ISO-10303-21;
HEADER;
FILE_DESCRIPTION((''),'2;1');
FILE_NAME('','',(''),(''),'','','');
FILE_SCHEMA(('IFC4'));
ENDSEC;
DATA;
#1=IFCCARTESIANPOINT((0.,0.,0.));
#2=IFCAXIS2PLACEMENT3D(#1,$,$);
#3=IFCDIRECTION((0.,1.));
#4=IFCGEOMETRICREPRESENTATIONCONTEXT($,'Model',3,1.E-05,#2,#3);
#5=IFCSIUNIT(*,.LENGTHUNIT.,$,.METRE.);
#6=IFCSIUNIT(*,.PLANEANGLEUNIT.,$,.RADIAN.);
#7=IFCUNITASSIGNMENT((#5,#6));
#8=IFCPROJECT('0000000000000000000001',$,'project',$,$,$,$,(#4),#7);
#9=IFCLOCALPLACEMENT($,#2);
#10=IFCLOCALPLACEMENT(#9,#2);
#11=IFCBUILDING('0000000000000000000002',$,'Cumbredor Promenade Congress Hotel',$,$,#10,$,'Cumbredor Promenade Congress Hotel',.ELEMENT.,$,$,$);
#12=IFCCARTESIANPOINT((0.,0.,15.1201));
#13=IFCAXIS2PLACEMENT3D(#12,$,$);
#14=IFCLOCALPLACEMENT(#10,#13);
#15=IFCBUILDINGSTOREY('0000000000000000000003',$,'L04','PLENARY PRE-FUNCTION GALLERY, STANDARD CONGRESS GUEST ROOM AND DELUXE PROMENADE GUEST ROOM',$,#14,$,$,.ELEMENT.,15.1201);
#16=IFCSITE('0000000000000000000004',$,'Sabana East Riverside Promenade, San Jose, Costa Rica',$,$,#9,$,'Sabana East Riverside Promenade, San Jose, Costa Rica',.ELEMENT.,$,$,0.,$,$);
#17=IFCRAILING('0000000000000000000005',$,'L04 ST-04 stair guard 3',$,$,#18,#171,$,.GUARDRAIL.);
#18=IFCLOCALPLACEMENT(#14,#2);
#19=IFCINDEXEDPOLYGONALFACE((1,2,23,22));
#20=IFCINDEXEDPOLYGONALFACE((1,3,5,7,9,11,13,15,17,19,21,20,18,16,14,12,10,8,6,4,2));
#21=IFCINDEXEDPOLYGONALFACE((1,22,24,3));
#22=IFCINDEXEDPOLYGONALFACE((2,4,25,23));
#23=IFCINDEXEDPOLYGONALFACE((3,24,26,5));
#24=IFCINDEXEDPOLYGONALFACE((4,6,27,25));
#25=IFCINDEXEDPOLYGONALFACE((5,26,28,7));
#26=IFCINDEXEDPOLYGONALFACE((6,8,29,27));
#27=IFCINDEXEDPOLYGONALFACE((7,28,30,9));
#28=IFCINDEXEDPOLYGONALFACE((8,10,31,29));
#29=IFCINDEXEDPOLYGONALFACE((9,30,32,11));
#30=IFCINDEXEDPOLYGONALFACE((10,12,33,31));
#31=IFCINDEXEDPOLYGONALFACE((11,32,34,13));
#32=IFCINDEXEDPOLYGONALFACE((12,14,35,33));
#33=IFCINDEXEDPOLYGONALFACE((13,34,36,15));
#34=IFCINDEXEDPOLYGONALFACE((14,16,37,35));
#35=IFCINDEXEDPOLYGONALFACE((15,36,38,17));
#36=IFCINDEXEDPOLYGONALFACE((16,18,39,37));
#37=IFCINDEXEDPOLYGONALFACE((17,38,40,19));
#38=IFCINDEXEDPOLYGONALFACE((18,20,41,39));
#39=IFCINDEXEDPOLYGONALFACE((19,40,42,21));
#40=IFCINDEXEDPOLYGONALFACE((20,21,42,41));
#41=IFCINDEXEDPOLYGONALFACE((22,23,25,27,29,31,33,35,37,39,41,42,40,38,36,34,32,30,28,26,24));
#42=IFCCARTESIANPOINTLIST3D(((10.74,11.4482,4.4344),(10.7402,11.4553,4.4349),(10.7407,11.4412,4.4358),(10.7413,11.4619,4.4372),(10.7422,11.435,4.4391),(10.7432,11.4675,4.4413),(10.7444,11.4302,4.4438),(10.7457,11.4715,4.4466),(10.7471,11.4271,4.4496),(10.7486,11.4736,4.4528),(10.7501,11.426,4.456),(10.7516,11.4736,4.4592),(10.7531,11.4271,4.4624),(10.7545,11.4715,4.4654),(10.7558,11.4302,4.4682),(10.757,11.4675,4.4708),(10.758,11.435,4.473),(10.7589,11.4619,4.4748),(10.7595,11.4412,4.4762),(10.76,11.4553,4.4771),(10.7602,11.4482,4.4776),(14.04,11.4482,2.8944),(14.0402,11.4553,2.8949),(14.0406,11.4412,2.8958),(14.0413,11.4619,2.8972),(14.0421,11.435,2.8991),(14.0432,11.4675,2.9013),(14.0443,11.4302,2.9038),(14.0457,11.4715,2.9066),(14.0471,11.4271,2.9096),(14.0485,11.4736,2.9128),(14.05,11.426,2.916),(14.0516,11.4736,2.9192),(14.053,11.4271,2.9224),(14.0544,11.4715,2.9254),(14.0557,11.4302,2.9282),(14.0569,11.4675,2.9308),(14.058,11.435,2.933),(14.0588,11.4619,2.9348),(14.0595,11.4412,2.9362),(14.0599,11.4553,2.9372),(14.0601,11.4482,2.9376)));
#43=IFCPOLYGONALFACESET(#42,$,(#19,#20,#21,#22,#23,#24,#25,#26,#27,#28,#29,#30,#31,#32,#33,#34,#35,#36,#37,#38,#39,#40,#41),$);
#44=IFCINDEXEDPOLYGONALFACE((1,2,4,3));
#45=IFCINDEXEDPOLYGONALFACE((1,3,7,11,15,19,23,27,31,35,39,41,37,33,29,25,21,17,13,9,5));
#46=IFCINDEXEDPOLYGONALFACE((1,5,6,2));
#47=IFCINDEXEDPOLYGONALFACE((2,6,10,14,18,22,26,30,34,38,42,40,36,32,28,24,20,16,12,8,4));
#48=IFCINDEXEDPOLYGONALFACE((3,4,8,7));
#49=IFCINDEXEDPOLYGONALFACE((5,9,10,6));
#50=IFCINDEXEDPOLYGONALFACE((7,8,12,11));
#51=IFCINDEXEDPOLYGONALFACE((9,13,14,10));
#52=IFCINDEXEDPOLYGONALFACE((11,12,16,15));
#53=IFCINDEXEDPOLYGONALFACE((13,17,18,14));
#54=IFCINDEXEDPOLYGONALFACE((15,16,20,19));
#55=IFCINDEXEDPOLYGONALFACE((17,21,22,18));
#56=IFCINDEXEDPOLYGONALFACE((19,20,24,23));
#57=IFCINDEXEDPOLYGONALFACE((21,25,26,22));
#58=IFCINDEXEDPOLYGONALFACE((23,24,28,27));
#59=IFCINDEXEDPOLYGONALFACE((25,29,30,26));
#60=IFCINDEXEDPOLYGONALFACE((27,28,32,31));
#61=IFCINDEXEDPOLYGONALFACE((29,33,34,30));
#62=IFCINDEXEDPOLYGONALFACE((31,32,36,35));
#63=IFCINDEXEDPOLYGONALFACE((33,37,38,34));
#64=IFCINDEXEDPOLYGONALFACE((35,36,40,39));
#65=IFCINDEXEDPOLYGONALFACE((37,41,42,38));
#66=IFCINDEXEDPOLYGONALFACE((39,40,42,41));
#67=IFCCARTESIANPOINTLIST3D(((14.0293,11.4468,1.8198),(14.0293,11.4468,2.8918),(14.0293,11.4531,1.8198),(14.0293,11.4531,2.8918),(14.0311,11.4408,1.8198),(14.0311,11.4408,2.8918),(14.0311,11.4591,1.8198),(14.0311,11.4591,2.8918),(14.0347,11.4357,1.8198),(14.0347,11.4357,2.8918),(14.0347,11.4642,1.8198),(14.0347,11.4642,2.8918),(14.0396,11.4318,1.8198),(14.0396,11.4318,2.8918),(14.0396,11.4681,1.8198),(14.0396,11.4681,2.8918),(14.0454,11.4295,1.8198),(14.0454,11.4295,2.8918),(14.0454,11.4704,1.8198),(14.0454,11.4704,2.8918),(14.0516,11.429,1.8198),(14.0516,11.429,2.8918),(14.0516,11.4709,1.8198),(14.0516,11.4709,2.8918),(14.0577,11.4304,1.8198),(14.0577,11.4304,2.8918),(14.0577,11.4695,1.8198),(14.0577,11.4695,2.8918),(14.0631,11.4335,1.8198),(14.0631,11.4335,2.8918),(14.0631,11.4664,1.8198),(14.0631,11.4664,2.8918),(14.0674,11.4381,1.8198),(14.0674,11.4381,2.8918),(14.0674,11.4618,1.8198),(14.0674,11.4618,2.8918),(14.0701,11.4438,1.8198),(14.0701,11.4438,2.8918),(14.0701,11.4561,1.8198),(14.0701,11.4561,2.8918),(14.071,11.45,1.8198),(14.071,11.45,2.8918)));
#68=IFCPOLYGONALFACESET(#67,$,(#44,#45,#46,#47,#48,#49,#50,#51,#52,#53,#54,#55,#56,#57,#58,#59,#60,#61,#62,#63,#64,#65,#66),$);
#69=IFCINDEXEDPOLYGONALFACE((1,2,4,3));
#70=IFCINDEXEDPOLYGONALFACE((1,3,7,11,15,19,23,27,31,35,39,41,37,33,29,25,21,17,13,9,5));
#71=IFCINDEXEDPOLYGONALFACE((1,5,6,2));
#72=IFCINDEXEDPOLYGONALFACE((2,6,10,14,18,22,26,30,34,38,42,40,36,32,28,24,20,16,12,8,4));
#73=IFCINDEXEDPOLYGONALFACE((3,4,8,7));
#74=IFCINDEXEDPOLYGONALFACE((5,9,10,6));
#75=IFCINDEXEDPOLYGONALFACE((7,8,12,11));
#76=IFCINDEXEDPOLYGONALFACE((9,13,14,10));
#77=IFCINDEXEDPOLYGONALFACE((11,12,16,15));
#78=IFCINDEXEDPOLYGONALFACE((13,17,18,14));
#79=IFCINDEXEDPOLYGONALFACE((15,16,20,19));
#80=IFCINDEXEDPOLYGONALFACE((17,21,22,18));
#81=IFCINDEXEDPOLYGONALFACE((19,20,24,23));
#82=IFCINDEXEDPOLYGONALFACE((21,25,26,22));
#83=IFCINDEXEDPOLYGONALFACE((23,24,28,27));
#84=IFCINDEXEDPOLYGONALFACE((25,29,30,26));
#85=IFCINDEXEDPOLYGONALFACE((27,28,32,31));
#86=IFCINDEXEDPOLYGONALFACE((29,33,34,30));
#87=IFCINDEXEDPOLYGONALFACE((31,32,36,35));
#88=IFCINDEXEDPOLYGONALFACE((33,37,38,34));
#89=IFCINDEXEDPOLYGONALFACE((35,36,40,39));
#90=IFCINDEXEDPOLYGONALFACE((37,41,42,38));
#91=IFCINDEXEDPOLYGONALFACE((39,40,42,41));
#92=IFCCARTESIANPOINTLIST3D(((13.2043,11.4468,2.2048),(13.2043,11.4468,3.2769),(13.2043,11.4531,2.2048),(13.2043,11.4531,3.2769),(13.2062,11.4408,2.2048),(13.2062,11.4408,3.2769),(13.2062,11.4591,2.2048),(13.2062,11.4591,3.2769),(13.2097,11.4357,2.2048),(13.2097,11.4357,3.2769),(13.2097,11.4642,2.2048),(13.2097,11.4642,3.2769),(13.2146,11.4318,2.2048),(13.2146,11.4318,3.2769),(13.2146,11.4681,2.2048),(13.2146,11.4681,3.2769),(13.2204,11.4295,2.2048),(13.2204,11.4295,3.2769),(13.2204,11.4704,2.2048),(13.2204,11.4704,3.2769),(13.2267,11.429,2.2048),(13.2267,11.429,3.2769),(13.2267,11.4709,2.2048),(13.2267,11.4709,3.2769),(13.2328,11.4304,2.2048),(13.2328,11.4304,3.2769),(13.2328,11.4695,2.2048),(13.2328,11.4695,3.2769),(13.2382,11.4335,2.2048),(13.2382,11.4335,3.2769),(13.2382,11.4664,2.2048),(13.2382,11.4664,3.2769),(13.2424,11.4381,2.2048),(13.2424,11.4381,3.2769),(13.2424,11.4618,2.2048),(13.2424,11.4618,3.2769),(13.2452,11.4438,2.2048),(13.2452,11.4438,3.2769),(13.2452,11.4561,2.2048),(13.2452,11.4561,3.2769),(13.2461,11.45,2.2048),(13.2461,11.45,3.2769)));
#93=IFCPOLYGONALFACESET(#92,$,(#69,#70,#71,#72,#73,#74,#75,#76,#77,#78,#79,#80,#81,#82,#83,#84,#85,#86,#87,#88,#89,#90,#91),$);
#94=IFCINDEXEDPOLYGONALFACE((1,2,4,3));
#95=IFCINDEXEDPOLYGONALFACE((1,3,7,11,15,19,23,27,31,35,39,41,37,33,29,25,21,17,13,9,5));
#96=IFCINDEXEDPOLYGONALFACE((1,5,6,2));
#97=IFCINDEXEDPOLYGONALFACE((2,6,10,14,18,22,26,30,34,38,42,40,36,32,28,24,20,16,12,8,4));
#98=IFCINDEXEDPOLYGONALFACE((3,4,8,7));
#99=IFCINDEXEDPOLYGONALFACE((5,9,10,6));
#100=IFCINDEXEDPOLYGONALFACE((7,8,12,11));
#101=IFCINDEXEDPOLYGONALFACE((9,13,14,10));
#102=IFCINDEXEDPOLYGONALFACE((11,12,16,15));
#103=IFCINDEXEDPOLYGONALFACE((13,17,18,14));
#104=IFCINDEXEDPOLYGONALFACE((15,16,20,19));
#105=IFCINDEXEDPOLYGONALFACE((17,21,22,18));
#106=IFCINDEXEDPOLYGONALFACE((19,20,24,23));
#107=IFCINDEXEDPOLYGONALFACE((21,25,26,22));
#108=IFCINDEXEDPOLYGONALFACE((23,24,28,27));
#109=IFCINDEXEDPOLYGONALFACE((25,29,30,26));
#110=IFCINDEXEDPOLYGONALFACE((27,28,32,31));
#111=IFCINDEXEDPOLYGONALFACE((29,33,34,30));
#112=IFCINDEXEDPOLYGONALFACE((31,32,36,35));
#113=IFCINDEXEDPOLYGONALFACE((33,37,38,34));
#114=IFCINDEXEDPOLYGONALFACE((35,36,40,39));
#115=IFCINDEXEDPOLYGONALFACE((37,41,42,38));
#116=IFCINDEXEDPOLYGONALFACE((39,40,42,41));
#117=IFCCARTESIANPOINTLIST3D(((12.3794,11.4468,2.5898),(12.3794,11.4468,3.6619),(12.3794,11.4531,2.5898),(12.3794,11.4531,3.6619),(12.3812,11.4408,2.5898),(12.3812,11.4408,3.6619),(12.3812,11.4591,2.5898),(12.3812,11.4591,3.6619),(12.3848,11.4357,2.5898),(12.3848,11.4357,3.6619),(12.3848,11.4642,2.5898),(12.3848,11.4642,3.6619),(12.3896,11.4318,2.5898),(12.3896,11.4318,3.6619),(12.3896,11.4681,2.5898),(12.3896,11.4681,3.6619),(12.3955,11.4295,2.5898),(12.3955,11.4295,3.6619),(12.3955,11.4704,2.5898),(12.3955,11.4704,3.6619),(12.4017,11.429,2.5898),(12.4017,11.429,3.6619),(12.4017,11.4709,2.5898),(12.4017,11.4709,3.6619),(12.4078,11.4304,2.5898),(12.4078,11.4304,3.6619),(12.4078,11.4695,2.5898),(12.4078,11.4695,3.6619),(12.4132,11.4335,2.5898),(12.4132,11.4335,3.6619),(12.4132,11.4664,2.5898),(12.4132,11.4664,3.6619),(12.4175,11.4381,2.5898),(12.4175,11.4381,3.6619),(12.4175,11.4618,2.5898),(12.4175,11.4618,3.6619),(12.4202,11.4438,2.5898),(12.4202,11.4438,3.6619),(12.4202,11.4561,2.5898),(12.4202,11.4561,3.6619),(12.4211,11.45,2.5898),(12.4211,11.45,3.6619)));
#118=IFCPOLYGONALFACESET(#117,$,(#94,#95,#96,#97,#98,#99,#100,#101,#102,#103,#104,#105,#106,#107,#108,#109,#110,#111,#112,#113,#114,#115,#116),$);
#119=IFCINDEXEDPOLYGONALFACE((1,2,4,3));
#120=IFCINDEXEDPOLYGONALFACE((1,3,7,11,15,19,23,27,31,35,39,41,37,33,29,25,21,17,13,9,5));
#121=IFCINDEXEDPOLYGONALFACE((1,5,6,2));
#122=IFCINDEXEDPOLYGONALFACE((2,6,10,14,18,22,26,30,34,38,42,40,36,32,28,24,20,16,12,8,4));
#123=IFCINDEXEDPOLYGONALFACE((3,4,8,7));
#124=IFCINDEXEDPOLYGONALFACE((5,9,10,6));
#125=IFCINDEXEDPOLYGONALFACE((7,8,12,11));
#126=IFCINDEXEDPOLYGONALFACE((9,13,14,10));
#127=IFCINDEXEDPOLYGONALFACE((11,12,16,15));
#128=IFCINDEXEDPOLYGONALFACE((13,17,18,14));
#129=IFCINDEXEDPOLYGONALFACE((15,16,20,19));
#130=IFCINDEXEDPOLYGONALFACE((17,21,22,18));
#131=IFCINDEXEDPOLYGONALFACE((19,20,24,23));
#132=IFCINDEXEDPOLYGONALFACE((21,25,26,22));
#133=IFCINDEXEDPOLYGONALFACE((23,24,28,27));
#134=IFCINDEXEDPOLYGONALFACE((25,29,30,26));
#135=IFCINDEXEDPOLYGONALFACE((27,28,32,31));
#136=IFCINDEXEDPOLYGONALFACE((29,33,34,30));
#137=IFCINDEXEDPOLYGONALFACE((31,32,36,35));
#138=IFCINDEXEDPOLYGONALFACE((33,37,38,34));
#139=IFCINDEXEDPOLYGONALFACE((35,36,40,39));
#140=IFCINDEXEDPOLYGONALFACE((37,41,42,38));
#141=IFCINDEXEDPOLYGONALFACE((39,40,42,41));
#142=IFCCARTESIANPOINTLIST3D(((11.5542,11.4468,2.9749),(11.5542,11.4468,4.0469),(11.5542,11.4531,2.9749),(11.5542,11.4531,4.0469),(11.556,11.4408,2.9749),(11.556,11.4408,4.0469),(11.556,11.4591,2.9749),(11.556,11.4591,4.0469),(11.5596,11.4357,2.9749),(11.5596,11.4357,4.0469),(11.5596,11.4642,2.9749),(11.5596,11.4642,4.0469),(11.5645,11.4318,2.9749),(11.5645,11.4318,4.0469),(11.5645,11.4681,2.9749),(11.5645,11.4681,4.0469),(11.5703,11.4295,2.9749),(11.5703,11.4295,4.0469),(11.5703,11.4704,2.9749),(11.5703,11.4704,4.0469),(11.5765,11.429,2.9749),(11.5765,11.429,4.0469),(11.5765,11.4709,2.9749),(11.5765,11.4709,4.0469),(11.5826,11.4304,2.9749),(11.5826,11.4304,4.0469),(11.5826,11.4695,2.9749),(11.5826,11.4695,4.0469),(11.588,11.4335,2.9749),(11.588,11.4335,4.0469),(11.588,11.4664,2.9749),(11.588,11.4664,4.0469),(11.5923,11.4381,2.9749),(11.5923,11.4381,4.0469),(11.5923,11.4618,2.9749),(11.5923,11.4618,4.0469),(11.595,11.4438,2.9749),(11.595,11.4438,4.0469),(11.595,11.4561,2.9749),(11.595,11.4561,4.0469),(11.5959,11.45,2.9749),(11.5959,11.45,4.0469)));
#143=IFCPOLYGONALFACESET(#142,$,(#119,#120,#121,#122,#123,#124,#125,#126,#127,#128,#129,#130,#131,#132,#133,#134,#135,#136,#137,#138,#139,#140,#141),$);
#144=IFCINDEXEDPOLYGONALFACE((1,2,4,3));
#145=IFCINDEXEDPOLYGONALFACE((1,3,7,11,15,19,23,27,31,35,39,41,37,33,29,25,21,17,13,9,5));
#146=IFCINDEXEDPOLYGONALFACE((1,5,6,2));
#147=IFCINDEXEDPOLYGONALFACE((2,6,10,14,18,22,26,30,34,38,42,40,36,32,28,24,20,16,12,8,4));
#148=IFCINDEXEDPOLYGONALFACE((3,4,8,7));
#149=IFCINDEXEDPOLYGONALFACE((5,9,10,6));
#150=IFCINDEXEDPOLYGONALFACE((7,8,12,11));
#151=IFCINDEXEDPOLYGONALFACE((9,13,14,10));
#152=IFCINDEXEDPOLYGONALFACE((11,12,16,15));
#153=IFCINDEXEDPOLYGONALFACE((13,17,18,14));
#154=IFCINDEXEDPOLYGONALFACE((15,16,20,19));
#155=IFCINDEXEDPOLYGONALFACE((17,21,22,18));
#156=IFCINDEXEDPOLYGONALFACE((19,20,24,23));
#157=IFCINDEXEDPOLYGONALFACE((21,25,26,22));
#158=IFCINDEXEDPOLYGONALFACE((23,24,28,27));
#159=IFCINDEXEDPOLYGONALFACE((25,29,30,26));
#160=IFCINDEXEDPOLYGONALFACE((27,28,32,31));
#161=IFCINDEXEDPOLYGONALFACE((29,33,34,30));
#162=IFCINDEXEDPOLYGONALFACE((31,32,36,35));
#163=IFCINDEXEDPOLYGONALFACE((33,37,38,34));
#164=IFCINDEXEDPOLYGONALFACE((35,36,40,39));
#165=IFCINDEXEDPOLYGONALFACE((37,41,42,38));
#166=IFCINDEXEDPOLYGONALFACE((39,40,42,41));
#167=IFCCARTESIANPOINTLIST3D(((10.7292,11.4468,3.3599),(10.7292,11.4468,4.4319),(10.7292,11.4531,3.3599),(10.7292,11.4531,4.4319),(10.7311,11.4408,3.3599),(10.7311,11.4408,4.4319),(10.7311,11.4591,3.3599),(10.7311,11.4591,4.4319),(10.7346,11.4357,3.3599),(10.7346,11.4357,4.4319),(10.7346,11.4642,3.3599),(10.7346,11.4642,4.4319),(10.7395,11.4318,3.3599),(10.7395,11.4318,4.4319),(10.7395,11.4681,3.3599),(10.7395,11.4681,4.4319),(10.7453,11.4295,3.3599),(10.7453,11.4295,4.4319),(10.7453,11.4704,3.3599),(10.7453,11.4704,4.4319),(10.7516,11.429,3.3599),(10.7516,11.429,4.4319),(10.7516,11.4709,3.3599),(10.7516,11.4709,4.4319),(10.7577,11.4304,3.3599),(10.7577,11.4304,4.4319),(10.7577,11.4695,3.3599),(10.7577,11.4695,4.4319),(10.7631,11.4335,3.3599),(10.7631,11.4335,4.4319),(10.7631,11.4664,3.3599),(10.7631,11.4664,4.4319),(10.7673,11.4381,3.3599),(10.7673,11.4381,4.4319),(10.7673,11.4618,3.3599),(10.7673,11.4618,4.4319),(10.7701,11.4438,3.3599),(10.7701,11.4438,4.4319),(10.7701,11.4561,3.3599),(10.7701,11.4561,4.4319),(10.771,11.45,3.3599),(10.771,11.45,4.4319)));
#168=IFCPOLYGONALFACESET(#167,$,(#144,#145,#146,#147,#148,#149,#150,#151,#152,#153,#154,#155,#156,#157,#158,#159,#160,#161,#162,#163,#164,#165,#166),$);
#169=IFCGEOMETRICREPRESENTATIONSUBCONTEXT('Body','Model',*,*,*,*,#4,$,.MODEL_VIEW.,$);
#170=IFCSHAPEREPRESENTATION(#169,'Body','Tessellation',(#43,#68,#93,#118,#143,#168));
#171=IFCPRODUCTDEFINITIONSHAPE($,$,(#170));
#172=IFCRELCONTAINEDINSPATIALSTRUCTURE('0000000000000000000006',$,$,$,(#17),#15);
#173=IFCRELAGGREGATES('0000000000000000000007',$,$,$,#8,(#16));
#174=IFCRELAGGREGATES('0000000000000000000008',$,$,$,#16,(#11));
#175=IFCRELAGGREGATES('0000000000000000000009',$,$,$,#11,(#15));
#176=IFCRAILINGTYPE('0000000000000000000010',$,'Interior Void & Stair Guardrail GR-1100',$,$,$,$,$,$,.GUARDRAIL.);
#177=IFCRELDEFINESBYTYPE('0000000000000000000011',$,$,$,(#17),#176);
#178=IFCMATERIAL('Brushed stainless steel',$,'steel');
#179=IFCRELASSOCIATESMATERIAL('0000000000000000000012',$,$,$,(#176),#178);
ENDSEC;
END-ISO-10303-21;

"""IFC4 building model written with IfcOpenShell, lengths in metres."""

from ifc_helpers import new_model, si_unit, direction, frame, origin, origin_2d, place, context, subcontext, project, spatial, circle, extrude, material, type_object, element, save


model = new_model("IFC4")

# Units and contexts
model_context = context("Model", 3, precision=1e-05, world=origin(), true_north=direction((0.0, 1.0)))
body_context = subcontext(model_context, "Body", "Model", "MODEL_VIEW")
ifc_project = project(units=[si_unit("LENGTHUNIT", "METRE"), si_unit("PLANEANGLEUNIT", "RADIAN")], contexts=[model_context])

# Site, building, storey
site_placement = place(None, origin())
site = spatial("IfcSite", under=ifc_project, at=site_placement, Name="Sabana East Riverside Promenade, San Jose, Costa Rica", LongName="Sabana East Riverside Promenade, San Jose, Costa Rica", CompositionType="ELEMENT", RefElevation=0.0)
building_placement = place(site_placement, origin())
building = spatial("IfcBuilding", under=site, at=building_placement, Name="Cumbredor Promenade Congress Hotel", LongName="Cumbredor Promenade Congress Hotel", CompositionType="ELEMENT")
storey_placement = place(building_placement, frame((0.0, 0.0, 15.1201)))
storey = spatial("IfcBuildingStorey", under=building, at=storey_placement, Name="L04", Description="PLENARY PRE-FUNCTION GALLERY, STANDARD CONGRESS GUEST ROOM AND DELUXE PROMENADE GUEST ROOM", CompositionType="ELEMENT", Elevation=15.1201)

# Shared definitions
ifc_material_1 = material(Name="Brushed stainless steel", Category="steel")

# Railing
railing_type_1 = type_object("IfcRailingType", Name="Interior Void & Stair Guardrail GR-1100", PredefinedType="GUARDRAIL", material=ifc_material_1)
railing_1_placement = place(storey_placement, frame((14.05, 11.45, 1.8198)))
element("IfcRailing", 1, at=railing_1_placement, inside=storey, type_object=railing_type_1, Name="L04 ST-04 stair guard 3", PredefinedType="GUARDRAIL", context=body_context, shape_type="SweptSolid", body=[
    extrude(circle(Radius=0.0239, at=origin_2d()), frame((0.0, 0.0, 1.0962), z_axis=(-0.906181, 0.0, 0.422889), x_axis=(0.0, -1.0, 0.0)), (0.0, 0.0, 1.0), 3.6416),
    extrude(circle(Radius=0.021, at=origin_2d()), origin(), (0.0, 0.0, 1.0), 1.072),
    extrude(circle(Radius=0.021, at=origin_2d()), frame((-0.825, 0.0, 0.385)), (0.0, 0.0, 1.0), 1.072),
    extrude(circle(Radius=0.021, at=origin_2d()), frame((-1.6499, 0.0, 0.77)), (0.0, 0.0, 1.0), 1.072),
    extrude(circle(Radius=0.021, at=origin_2d()), frame((-2.4751, 0.0, 1.155)), (0.0, 0.0, 1.0), 1.072),
    extrude(circle(Radius=0.021, at=origin_2d()), frame((-3.3, 0.0, 1.54)), (0.0, 0.0, 1.0), 1.072),
])

save(model, "model.ifc")
